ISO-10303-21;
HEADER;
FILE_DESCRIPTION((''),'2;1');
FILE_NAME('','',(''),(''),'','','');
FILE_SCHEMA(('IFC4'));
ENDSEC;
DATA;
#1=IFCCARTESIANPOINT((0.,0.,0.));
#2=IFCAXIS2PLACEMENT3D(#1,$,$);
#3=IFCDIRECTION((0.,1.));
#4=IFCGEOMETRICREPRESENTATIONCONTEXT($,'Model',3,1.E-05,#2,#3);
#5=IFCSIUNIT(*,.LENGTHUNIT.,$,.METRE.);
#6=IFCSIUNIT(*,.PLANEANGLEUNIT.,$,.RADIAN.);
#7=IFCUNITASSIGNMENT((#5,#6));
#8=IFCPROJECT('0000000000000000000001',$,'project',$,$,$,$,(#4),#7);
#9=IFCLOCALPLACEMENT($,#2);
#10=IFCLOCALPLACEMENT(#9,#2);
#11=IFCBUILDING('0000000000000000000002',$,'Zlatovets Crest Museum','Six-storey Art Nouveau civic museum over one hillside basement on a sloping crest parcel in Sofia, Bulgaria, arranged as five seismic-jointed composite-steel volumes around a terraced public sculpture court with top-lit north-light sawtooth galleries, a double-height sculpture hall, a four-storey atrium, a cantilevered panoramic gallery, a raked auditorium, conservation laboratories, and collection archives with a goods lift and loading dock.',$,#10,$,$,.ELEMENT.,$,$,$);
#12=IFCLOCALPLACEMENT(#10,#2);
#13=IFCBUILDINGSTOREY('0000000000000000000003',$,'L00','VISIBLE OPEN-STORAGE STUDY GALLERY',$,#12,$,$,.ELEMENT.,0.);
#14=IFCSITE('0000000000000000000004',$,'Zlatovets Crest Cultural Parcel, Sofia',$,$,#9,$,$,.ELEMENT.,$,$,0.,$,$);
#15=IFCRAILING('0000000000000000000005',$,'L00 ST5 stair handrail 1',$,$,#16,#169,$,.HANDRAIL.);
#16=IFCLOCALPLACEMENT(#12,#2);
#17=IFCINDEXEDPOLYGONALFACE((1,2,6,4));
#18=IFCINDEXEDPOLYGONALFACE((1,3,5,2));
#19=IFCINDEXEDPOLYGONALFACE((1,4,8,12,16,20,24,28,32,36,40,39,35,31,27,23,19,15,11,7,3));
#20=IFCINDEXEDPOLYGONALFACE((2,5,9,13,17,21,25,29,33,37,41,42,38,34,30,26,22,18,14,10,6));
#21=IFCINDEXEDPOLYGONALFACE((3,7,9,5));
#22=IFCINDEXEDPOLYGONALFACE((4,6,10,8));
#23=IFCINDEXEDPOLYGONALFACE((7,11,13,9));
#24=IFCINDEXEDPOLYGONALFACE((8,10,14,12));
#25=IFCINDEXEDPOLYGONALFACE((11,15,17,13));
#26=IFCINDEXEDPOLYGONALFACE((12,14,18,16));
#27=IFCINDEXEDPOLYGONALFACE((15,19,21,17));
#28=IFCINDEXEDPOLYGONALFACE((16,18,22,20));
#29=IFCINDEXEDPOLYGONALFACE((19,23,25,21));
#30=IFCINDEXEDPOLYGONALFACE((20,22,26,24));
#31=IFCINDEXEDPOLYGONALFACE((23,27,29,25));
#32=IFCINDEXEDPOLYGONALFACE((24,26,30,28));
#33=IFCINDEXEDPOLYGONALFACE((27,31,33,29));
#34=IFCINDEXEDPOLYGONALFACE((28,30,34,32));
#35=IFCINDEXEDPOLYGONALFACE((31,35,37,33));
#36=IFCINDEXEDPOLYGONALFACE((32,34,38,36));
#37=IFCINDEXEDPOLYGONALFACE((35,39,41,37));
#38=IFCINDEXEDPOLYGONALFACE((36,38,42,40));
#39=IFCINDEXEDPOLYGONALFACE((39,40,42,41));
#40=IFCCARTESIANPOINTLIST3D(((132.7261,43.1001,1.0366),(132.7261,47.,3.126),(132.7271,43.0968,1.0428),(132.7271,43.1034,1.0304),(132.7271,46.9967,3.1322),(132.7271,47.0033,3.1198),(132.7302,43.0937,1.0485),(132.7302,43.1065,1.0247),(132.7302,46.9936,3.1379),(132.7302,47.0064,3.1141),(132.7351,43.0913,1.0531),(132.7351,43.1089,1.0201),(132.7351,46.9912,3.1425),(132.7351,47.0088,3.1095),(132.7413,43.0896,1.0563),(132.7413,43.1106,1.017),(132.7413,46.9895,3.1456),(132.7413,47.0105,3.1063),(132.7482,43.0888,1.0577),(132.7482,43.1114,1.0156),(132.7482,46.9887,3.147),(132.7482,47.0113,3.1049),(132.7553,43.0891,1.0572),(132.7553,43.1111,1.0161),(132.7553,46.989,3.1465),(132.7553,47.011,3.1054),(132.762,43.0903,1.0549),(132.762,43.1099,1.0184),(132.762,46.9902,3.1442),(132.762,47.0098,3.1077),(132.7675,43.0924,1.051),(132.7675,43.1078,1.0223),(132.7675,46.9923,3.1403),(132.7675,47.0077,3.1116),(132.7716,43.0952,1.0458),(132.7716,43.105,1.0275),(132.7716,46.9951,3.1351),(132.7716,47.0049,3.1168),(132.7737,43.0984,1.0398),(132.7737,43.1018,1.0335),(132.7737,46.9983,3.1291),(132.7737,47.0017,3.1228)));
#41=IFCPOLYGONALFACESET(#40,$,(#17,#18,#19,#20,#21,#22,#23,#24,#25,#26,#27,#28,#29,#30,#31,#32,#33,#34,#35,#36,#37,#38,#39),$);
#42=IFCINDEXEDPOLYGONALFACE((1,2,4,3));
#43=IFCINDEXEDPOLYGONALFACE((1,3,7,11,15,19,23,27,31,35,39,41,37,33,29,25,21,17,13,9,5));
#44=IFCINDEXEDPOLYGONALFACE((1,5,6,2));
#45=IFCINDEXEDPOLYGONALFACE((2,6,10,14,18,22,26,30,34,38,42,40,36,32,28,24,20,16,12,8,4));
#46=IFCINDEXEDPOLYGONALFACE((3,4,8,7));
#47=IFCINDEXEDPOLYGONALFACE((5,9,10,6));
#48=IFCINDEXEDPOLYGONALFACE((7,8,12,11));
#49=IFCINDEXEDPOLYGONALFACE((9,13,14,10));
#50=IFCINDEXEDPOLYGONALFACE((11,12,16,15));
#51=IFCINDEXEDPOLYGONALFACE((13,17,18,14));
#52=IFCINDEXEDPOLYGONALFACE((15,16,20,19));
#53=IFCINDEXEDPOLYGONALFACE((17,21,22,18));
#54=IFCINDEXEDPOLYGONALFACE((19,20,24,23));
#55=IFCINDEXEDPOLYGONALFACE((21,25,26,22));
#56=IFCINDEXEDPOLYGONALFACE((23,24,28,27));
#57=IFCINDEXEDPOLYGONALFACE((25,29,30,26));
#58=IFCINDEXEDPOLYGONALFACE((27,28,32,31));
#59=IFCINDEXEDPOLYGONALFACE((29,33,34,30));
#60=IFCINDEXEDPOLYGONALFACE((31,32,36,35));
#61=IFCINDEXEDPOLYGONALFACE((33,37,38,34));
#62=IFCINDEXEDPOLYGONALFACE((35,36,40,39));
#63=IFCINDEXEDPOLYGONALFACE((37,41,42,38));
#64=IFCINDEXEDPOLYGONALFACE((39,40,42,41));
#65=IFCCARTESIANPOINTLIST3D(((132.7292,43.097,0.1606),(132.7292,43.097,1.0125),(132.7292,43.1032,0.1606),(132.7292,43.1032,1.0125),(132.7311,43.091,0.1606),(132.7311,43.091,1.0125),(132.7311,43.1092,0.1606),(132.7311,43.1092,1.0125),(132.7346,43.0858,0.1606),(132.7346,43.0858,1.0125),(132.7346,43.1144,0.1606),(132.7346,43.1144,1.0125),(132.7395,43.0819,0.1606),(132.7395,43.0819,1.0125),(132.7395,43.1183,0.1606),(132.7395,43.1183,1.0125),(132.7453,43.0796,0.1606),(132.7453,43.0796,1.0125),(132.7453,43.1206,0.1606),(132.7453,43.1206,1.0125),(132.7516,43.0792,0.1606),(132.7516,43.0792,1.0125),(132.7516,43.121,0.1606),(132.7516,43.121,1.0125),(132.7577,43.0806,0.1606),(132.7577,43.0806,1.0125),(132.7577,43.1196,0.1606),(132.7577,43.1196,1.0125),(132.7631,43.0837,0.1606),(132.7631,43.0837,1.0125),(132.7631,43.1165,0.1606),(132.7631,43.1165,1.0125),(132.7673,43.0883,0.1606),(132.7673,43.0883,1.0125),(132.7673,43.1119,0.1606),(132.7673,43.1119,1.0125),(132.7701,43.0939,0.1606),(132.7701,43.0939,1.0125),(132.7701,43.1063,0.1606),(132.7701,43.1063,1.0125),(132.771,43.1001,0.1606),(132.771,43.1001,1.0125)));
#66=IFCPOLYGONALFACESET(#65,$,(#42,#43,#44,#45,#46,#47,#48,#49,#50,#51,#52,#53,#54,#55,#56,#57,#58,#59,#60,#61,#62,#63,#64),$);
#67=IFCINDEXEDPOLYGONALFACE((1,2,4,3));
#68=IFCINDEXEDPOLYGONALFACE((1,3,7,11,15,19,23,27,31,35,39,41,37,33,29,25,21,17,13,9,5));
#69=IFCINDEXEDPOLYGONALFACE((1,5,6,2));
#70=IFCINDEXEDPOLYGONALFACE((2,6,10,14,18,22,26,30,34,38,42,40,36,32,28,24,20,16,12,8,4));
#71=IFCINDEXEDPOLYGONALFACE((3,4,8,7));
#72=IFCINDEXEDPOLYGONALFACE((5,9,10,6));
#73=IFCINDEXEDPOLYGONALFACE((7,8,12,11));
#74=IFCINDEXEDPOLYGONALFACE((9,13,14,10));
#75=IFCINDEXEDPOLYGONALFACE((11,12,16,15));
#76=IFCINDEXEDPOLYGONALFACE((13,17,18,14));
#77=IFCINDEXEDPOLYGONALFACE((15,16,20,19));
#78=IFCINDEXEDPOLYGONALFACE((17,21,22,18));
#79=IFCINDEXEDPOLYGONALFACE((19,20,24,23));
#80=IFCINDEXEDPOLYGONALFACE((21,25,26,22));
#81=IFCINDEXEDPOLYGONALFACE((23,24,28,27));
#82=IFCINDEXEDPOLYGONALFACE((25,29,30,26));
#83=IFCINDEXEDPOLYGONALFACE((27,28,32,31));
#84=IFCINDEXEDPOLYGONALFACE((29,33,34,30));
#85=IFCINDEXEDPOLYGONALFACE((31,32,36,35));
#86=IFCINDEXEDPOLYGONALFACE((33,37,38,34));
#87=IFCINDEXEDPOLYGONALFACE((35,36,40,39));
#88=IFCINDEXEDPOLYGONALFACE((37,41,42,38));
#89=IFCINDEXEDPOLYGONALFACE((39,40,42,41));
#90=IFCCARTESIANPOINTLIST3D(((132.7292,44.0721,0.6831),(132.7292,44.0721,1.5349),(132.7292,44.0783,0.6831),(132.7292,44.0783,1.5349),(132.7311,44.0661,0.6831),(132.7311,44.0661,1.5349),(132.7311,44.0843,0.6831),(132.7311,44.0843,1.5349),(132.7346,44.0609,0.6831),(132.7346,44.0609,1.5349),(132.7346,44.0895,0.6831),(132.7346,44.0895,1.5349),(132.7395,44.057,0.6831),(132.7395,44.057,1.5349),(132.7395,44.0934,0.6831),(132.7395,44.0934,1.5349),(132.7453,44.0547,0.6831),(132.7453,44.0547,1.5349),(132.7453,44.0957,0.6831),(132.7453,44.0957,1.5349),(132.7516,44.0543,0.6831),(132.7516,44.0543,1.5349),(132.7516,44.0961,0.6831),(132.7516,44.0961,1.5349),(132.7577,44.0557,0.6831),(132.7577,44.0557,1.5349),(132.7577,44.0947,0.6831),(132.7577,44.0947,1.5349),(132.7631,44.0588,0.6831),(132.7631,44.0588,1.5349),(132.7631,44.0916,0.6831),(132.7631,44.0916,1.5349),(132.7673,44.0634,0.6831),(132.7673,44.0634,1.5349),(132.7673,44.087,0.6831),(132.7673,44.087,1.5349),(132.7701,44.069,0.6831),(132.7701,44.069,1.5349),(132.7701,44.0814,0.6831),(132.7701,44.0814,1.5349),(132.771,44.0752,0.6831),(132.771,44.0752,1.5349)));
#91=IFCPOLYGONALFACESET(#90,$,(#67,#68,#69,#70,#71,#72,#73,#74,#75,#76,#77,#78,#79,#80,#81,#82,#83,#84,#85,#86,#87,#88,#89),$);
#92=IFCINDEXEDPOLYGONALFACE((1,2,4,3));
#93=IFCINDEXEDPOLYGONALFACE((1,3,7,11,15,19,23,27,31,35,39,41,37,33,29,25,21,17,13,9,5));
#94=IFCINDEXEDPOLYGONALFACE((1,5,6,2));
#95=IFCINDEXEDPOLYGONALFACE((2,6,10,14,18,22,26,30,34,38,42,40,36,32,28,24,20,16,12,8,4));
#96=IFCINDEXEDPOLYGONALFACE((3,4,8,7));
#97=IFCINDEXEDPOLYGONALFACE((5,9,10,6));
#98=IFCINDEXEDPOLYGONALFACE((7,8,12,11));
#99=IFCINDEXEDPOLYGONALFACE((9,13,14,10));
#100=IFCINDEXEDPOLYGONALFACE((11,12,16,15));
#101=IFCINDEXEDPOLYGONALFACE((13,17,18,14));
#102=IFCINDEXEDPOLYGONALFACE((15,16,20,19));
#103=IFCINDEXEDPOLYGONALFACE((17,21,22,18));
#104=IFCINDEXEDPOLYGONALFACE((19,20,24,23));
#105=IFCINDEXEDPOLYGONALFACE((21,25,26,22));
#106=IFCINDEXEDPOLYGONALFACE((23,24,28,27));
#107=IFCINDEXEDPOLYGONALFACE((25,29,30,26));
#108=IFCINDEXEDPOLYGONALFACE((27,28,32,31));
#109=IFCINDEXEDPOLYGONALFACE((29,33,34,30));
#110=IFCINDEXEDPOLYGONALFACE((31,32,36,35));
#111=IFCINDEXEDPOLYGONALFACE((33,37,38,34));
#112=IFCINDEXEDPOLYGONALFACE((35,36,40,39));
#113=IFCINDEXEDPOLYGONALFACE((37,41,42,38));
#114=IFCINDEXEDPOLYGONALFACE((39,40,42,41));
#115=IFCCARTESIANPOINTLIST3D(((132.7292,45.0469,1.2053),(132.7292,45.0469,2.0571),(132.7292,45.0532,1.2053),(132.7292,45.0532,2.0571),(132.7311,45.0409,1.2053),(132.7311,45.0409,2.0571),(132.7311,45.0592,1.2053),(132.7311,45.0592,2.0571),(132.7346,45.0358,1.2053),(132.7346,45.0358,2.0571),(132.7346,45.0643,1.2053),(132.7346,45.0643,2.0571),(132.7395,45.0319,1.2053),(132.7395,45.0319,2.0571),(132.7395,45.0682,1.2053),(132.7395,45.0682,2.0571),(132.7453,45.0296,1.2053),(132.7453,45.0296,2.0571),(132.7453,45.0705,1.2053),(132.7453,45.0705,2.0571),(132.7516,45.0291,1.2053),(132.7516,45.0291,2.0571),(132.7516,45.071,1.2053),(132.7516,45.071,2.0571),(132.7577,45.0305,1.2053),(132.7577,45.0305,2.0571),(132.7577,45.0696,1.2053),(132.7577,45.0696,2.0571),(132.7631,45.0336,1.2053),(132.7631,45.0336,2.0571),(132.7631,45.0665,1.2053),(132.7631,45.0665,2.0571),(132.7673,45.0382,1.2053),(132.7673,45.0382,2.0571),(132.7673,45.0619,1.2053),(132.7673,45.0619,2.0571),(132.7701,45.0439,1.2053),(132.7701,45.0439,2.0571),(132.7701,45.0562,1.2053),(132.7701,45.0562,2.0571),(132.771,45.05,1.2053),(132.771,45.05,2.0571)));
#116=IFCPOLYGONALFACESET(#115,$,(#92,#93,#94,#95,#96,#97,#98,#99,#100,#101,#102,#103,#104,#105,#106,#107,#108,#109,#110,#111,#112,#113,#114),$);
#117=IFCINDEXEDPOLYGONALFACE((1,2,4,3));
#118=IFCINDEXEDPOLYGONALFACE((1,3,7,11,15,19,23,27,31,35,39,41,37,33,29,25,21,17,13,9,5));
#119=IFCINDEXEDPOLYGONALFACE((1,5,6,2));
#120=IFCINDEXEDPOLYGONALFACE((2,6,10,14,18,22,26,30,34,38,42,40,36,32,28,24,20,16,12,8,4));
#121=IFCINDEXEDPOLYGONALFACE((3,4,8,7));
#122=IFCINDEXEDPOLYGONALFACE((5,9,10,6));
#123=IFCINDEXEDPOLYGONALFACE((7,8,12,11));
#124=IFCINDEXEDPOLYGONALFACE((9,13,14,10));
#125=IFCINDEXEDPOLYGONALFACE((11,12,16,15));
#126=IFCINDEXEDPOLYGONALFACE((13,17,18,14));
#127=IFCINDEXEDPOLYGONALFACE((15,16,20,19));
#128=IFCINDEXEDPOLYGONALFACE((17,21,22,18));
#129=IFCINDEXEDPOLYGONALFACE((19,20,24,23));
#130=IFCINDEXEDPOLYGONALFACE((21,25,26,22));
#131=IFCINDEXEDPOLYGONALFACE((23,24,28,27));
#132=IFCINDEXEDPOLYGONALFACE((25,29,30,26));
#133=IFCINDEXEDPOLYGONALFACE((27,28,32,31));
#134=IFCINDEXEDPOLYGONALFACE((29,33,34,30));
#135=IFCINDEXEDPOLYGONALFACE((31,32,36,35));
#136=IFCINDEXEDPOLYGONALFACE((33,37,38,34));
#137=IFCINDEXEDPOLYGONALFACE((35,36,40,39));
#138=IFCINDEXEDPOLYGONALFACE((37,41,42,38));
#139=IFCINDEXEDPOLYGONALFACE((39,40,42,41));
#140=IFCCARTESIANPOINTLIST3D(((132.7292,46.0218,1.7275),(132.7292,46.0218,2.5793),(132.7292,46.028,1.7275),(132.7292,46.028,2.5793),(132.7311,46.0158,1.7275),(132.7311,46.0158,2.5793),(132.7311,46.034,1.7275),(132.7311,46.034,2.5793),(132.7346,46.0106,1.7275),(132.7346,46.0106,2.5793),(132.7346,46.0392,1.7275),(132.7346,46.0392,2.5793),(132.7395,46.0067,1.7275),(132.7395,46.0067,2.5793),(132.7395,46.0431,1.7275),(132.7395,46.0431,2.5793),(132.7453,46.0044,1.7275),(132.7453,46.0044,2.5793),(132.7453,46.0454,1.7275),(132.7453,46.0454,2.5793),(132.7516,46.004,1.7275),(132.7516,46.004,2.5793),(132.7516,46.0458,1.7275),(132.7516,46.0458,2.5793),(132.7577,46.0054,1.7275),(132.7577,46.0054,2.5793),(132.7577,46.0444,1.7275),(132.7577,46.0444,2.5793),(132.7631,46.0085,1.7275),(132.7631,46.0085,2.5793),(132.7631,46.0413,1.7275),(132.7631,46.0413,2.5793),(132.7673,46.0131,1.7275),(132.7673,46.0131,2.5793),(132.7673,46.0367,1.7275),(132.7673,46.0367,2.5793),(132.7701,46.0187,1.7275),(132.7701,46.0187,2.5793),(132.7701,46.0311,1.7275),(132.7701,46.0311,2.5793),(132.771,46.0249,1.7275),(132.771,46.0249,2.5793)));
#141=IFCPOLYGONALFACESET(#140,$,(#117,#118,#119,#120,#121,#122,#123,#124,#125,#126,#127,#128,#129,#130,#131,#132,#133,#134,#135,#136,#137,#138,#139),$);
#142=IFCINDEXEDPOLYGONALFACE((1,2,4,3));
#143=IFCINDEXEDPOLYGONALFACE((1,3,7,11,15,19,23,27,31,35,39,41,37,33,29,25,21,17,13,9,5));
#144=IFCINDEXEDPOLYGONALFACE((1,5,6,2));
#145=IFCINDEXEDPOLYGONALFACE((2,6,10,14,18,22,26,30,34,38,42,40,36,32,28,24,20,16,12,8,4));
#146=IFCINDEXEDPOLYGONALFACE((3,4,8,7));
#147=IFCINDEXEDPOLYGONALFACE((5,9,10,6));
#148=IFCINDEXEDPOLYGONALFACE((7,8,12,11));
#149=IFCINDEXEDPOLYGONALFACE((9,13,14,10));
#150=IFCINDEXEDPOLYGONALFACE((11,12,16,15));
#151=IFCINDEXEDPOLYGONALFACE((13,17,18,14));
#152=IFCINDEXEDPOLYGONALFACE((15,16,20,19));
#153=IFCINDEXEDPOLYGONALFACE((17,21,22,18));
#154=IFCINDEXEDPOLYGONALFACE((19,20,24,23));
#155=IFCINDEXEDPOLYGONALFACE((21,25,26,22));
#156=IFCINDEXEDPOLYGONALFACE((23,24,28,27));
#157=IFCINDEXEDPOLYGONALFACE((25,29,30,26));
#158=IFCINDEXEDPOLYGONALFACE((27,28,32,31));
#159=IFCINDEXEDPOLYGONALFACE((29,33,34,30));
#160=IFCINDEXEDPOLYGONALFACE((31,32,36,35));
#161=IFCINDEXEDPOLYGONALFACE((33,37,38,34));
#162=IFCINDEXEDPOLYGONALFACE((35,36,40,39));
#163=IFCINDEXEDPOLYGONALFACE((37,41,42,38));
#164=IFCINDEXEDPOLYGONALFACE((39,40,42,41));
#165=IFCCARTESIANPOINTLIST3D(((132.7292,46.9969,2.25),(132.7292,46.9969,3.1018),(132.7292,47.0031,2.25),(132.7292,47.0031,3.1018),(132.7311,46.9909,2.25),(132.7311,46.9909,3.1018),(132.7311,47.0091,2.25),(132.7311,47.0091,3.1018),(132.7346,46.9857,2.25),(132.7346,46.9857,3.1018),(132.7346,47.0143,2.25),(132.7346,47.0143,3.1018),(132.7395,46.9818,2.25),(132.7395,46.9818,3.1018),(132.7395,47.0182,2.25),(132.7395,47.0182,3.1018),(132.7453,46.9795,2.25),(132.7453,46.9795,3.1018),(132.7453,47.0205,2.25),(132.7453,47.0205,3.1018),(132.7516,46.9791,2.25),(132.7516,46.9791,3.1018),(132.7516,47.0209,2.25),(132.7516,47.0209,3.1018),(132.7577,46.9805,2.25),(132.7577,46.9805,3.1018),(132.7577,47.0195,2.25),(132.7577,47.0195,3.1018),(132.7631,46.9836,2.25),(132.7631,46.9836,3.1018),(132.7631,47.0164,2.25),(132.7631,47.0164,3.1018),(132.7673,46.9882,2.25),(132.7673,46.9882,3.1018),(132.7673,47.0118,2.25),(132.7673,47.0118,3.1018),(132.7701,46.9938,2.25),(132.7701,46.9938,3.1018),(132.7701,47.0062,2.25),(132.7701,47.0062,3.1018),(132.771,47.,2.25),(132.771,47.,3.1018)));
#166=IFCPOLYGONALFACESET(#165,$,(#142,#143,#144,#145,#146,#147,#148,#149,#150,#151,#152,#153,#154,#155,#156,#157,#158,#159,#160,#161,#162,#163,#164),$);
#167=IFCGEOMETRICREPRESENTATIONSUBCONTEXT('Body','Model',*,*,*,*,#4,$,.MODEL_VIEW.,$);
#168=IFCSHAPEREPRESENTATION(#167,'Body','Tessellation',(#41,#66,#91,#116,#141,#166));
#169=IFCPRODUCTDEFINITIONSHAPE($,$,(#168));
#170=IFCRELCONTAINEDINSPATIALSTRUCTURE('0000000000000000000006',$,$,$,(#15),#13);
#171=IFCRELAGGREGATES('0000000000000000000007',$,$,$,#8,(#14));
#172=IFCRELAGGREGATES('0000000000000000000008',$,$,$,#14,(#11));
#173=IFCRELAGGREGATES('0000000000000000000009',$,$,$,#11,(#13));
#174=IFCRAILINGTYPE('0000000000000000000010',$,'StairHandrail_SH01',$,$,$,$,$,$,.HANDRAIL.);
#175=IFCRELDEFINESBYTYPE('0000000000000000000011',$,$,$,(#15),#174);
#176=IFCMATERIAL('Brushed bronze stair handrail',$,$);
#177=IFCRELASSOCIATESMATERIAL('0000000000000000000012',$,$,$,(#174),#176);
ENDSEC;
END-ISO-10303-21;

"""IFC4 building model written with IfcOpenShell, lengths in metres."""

from ifc_helpers import new_model, si_unit, direction, frame, origin, origin_2d, place, context, subcontext, project, spatial, circle, extrude, material, type_object, element, save


model = new_model("IFC4")

# Units and contexts
model_context = context("Model", 3, precision=1e-05, world=origin(), true_north=direction((0.0, 1.0)))
body_context = subcontext(model_context, "Body", "Model", "MODEL_VIEW")
ifc_project = project(units=[si_unit("LENGTHUNIT", "METRE"), si_unit("PLANEANGLEUNIT", "RADIAN")], contexts=[model_context])

# Site, building, storey
site_placement = place(None, origin())
site = spatial("IfcSite", under=ifc_project, at=site_placement, Name="Zlatovets Crest Cultural Parcel, Sofia", CompositionType="ELEMENT", RefElevation=0.0)
building_placement = place(site_placement, origin())
building = spatial("IfcBuilding", under=site, at=building_placement, Name="Zlatovets Crest Museum", Description="Six-storey Art Nouveau civic museum over one hillside basement on a sloping crest parcel in Sofia, Bulgaria, arranged as five seismic-jointed composite-steel volumes around a terraced public sculpture court with top-lit north-light sawtooth galleries, a double-height sculpture hall, a four-storey atrium, a cantilevered panoramic gallery, a raked auditorium, conservation laboratories, and collection archives with a goods lift and loading dock.", CompositionType="ELEMENT")
storey_placement = place(building_placement, origin())
storey = spatial("IfcBuildingStorey", under=building, at=storey_placement, Name="L00", Description="VISIBLE OPEN-STORAGE STUDY GALLERY", CompositionType="ELEMENT", Elevation=0.0)

# Railing
ifc_material_1 = material(Name="Brushed bronze stair handrail")
railing_type_1 = type_object("IfcRailingType", Name="StairHandrail_SH01", PredefinedType="HANDRAIL", material=ifc_material_1)
railing_1_placement = place(storey_placement, frame((132.75, 43.1001, 0.1606)))
element("IfcRailing", 1, at=railing_1_placement, inside=storey, type_object=railing_type_1, Name="L00 ST5 stair handrail 1", PredefinedType="HANDRAIL", context=body_context, shape_type="SweptSolid", body=[
    extrude(circle(Radius=0.0239, at=origin_2d()), frame((0.0, 0.0, 0.876), z_axis=(0.0, 0.881468, 0.472243), x_axis=(-1.0, 0.0, 0.0)), (0.0, 0.0, 1.0), 4.4243),
    extrude(circle(Radius=0.021, at=origin_2d()), origin(), (0.0, 0.0, 1.0), 0.8518),
    extrude(circle(Radius=0.021, at=origin_2d()), frame((0.0, 0.9751, 0.5225)), (0.0, 0.0, 1.0), 0.8518),
    extrude(circle(Radius=0.021, at=origin_2d()), frame((0.0, 1.95, 1.0447)), (0.0, 0.0, 1.0), 0.8518),
    extrude(circle(Radius=0.021, at=origin_2d()), frame((0.0, 2.9248, 1.5669)), (0.0, 0.0, 1.0), 0.8518),
    extrude(circle(Radius=0.021, at=origin_2d()), frame((0.0, 3.8999, 2.0894)), (0.0, 0.0, 1.0), 0.8518),
])

save(model, "model.ifc")
